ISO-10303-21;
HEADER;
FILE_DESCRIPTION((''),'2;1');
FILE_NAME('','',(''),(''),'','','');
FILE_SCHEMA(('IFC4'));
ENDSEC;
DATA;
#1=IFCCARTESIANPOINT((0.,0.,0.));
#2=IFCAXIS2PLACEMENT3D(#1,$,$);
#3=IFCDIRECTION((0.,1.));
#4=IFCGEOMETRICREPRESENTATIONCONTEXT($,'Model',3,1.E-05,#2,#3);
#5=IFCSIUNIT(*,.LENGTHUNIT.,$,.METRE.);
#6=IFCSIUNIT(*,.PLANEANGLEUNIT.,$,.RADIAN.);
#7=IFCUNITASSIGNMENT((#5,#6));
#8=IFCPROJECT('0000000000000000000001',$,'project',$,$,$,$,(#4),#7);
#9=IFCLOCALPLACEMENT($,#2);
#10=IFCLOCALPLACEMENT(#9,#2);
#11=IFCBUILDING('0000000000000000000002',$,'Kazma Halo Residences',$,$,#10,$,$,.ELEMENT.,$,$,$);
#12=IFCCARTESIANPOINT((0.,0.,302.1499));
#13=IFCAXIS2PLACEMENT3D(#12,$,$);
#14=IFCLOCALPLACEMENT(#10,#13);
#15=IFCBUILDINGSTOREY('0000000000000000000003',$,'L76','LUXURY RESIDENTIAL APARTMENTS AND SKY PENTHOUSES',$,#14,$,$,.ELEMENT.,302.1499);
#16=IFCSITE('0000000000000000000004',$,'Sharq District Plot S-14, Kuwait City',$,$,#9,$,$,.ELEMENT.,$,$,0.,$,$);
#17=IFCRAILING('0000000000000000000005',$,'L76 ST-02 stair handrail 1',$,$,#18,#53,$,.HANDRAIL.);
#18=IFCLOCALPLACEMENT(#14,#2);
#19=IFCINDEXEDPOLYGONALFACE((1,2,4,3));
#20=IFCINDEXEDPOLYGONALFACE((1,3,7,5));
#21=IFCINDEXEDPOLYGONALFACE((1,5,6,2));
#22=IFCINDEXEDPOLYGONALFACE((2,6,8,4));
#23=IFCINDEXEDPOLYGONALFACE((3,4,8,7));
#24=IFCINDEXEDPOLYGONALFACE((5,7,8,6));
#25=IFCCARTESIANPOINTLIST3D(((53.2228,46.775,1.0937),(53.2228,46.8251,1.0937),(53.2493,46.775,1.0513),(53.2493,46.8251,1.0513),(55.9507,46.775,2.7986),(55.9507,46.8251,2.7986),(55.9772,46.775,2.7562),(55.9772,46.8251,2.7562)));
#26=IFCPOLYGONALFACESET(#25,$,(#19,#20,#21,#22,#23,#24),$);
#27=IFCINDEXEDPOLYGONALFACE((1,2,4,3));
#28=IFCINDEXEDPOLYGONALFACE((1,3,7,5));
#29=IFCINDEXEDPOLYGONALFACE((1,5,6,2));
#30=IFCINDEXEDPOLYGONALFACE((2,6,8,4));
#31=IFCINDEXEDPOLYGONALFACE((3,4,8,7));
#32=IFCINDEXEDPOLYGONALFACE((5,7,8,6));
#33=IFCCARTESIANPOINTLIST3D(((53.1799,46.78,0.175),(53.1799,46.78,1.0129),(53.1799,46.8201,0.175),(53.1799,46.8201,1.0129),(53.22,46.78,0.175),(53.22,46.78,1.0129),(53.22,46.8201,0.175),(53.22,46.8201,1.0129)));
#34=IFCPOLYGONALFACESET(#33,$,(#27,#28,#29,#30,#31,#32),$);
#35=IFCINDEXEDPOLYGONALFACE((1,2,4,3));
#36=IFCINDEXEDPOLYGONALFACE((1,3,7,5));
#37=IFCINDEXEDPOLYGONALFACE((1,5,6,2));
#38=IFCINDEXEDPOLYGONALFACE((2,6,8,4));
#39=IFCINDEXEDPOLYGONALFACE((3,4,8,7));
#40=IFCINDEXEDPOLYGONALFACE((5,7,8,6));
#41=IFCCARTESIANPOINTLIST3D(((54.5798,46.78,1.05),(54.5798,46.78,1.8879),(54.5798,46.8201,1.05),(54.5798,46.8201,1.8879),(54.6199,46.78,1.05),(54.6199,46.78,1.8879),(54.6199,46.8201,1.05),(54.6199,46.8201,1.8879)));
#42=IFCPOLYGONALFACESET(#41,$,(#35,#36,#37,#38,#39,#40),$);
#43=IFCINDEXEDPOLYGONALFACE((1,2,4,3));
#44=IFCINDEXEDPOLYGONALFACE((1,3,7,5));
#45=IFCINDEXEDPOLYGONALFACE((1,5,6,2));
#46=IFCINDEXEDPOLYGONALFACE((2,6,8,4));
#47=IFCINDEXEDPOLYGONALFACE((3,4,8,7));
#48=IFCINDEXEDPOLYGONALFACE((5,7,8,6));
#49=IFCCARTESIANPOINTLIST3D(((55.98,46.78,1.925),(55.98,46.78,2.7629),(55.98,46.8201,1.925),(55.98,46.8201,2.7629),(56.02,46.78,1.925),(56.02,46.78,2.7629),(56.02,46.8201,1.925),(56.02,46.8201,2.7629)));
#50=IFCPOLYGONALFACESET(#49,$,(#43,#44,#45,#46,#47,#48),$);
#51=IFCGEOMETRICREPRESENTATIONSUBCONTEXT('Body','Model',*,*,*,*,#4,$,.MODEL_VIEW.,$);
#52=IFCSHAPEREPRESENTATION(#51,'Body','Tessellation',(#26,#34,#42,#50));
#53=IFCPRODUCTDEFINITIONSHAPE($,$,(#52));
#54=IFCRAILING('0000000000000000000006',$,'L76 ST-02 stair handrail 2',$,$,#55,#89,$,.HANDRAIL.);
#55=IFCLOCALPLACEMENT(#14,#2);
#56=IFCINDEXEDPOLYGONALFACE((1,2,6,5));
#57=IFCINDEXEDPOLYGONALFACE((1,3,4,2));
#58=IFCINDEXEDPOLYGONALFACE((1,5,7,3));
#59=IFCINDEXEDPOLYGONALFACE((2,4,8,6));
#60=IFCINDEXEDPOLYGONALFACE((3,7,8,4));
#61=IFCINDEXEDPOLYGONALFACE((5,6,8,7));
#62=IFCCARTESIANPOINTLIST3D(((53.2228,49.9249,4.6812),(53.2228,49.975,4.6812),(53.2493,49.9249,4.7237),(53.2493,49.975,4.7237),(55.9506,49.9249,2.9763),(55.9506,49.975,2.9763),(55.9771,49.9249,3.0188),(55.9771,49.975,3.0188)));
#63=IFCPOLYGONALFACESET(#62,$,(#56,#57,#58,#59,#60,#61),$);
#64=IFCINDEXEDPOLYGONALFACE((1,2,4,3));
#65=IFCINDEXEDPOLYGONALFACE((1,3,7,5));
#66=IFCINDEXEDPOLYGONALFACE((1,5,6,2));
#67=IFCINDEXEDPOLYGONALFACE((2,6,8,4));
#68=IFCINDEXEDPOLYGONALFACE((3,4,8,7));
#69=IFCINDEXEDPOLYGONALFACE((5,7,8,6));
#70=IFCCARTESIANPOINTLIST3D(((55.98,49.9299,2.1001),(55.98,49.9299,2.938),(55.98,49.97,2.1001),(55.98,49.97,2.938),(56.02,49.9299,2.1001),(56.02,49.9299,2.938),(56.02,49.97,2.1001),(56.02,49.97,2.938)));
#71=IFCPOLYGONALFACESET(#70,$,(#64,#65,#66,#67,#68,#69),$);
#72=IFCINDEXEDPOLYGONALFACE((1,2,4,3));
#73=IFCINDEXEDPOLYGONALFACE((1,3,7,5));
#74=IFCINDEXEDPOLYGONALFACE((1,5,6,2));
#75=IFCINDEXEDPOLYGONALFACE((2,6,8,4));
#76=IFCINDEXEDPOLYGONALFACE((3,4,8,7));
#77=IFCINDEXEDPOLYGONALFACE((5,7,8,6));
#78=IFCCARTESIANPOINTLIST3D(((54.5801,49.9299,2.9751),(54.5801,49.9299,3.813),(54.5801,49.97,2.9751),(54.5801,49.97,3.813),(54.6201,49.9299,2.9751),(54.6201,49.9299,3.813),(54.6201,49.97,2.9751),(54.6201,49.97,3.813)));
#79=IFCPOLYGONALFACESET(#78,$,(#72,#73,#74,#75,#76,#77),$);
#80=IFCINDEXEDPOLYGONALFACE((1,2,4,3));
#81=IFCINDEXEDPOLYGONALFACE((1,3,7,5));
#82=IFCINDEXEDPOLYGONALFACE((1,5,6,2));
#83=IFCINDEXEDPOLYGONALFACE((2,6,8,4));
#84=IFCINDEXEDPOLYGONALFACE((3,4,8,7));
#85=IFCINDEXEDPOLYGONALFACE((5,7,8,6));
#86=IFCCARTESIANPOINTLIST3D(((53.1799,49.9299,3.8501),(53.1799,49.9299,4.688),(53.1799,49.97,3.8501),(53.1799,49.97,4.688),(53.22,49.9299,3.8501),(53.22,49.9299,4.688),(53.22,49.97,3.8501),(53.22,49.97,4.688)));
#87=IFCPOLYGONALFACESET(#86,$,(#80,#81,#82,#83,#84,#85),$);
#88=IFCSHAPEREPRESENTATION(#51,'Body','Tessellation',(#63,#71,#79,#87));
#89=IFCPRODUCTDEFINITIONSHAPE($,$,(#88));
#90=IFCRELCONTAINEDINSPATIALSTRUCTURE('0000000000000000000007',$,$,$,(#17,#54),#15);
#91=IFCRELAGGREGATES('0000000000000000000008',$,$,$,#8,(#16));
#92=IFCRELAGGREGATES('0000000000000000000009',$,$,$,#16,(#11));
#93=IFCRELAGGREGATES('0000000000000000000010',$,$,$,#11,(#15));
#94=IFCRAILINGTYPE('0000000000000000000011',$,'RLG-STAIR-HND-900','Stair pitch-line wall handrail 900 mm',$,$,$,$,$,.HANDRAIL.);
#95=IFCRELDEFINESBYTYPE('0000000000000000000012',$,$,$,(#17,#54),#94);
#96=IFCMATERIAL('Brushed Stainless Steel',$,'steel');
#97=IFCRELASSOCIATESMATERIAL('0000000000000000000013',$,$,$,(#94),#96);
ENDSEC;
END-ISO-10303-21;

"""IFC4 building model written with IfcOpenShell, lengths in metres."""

from ifc_helpers import new_model, si_unit, direction, frame, origin, origin_2d, place, context, subcontext, project, spatial, rectangle, extrude, material, type_object, element, save


model = new_model("IFC4")

# Units and contexts
model_context = context("Model", 3, precision=1e-05, world=origin(), true_north=direction((0.0, 1.0)))
body_context = subcontext(model_context, "Body", "Model", "MODEL_VIEW")
ifc_project = project(units=[si_unit("LENGTHUNIT", "METRE"), si_unit("PLANEANGLEUNIT", "RADIAN")], contexts=[model_context])

# Site, building, storey
site_placement = place(None, origin())
site = spatial("IfcSite", under=ifc_project, at=site_placement, Name="Sharq District Plot S-14, Kuwait City", CompositionType="ELEMENT", RefElevation=0.0)
building_placement = place(site_placement, origin())
building = spatial("IfcBuilding", under=site, at=building_placement, Name="Kazma Halo Residences", CompositionType="ELEMENT")
storey_placement = place(building_placement, frame((0.0, 0.0, 302.1499)))
storey = spatial("IfcBuildingStorey", under=building, at=storey_placement, Name="L76", Description="LUXURY RESIDENTIAL APARTMENTS AND SKY PENTHOUSES", CompositionType="ELEMENT", Elevation=302.1499)

# Railings
ifc_material_1 = material(Name="Brushed Stainless Steel", Category="steel")
railing_type_1 = type_object("IfcRailingType", Name="RLG-STAIR-HND-900", Description="Stair pitch-line wall handrail 900 mm", PredefinedType="HANDRAIL", material=ifc_material_1)
railing_1_placement = place(storey_placement, frame((53.2, 46.8, 0.175)))
element("IfcRailing", 1, at=railing_1_placement, inside=storey, type_object=railing_type_1, Name="L76 ST-02 stair handrail 1", PredefinedType="HANDRAIL", context=body_context, shape_type="SweptSolid", body=[
    extrude(rectangle(XDim=0.05, YDim=0.05, at=origin_2d()), frame((0.0361, 0.0, 0.8975), z_axis=(0.848002, 0.0, 0.529992), x_axis=(0.0, 1.0, 0.0)), (0.0, 0.0, 1.0), 3.2168),
    extrude(rectangle(XDim=0.04, YDim=0.04, at=origin_2d()), origin(), (0.0, 0.0, 1.0), 0.8379),
    extrude(rectangle(XDim=0.04, YDim=0.04, at=origin_2d()), frame((1.3999, 0.0, 0.875)), (0.0, 0.0, 1.0), 0.8379),
    extrude(rectangle(XDim=0.04, YDim=0.04, at=origin_2d()), frame((2.8, 0.0, 1.75)), (0.0, 0.0, 1.0), 0.8379),
])
railing_2_placement = place(storey_placement, frame((56.0, 49.95, 2.1001)))
element("IfcRailing", 2, at=railing_2_placement, inside=storey, type_object=railing_type_1, Name="L76 ST-02 stair handrail 2", PredefinedType="HANDRAIL", context=body_context, shape_type="SweptSolid", body=[
    extrude(rectangle(XDim=0.05, YDim=0.05, at=origin_2d()), frame((-0.0361, 0.0, 0.8975), z_axis=(-0.848002, 0.0, 0.529992), x_axis=(0.0, -1.0, 0.0)), (0.0, 0.0, 1.0), 3.2168),
    extrude(rectangle(XDim=0.04, YDim=0.04, at=origin_2d()), origin(), (0.0, 0.0, 1.0), 0.8379),
    extrude(rectangle(XDim=0.04, YDim=0.04, at=origin_2d()), frame((-1.3999, 0.0, 0.875)), (0.0, 0.0, 1.0), 0.8379),
    extrude(rectangle(XDim=0.04, YDim=0.04, at=origin_2d()), frame((-2.8, 0.0, 1.75)), (0.0, 0.0, 1.0), 0.8379),
])

save(model, "model.ifc")
